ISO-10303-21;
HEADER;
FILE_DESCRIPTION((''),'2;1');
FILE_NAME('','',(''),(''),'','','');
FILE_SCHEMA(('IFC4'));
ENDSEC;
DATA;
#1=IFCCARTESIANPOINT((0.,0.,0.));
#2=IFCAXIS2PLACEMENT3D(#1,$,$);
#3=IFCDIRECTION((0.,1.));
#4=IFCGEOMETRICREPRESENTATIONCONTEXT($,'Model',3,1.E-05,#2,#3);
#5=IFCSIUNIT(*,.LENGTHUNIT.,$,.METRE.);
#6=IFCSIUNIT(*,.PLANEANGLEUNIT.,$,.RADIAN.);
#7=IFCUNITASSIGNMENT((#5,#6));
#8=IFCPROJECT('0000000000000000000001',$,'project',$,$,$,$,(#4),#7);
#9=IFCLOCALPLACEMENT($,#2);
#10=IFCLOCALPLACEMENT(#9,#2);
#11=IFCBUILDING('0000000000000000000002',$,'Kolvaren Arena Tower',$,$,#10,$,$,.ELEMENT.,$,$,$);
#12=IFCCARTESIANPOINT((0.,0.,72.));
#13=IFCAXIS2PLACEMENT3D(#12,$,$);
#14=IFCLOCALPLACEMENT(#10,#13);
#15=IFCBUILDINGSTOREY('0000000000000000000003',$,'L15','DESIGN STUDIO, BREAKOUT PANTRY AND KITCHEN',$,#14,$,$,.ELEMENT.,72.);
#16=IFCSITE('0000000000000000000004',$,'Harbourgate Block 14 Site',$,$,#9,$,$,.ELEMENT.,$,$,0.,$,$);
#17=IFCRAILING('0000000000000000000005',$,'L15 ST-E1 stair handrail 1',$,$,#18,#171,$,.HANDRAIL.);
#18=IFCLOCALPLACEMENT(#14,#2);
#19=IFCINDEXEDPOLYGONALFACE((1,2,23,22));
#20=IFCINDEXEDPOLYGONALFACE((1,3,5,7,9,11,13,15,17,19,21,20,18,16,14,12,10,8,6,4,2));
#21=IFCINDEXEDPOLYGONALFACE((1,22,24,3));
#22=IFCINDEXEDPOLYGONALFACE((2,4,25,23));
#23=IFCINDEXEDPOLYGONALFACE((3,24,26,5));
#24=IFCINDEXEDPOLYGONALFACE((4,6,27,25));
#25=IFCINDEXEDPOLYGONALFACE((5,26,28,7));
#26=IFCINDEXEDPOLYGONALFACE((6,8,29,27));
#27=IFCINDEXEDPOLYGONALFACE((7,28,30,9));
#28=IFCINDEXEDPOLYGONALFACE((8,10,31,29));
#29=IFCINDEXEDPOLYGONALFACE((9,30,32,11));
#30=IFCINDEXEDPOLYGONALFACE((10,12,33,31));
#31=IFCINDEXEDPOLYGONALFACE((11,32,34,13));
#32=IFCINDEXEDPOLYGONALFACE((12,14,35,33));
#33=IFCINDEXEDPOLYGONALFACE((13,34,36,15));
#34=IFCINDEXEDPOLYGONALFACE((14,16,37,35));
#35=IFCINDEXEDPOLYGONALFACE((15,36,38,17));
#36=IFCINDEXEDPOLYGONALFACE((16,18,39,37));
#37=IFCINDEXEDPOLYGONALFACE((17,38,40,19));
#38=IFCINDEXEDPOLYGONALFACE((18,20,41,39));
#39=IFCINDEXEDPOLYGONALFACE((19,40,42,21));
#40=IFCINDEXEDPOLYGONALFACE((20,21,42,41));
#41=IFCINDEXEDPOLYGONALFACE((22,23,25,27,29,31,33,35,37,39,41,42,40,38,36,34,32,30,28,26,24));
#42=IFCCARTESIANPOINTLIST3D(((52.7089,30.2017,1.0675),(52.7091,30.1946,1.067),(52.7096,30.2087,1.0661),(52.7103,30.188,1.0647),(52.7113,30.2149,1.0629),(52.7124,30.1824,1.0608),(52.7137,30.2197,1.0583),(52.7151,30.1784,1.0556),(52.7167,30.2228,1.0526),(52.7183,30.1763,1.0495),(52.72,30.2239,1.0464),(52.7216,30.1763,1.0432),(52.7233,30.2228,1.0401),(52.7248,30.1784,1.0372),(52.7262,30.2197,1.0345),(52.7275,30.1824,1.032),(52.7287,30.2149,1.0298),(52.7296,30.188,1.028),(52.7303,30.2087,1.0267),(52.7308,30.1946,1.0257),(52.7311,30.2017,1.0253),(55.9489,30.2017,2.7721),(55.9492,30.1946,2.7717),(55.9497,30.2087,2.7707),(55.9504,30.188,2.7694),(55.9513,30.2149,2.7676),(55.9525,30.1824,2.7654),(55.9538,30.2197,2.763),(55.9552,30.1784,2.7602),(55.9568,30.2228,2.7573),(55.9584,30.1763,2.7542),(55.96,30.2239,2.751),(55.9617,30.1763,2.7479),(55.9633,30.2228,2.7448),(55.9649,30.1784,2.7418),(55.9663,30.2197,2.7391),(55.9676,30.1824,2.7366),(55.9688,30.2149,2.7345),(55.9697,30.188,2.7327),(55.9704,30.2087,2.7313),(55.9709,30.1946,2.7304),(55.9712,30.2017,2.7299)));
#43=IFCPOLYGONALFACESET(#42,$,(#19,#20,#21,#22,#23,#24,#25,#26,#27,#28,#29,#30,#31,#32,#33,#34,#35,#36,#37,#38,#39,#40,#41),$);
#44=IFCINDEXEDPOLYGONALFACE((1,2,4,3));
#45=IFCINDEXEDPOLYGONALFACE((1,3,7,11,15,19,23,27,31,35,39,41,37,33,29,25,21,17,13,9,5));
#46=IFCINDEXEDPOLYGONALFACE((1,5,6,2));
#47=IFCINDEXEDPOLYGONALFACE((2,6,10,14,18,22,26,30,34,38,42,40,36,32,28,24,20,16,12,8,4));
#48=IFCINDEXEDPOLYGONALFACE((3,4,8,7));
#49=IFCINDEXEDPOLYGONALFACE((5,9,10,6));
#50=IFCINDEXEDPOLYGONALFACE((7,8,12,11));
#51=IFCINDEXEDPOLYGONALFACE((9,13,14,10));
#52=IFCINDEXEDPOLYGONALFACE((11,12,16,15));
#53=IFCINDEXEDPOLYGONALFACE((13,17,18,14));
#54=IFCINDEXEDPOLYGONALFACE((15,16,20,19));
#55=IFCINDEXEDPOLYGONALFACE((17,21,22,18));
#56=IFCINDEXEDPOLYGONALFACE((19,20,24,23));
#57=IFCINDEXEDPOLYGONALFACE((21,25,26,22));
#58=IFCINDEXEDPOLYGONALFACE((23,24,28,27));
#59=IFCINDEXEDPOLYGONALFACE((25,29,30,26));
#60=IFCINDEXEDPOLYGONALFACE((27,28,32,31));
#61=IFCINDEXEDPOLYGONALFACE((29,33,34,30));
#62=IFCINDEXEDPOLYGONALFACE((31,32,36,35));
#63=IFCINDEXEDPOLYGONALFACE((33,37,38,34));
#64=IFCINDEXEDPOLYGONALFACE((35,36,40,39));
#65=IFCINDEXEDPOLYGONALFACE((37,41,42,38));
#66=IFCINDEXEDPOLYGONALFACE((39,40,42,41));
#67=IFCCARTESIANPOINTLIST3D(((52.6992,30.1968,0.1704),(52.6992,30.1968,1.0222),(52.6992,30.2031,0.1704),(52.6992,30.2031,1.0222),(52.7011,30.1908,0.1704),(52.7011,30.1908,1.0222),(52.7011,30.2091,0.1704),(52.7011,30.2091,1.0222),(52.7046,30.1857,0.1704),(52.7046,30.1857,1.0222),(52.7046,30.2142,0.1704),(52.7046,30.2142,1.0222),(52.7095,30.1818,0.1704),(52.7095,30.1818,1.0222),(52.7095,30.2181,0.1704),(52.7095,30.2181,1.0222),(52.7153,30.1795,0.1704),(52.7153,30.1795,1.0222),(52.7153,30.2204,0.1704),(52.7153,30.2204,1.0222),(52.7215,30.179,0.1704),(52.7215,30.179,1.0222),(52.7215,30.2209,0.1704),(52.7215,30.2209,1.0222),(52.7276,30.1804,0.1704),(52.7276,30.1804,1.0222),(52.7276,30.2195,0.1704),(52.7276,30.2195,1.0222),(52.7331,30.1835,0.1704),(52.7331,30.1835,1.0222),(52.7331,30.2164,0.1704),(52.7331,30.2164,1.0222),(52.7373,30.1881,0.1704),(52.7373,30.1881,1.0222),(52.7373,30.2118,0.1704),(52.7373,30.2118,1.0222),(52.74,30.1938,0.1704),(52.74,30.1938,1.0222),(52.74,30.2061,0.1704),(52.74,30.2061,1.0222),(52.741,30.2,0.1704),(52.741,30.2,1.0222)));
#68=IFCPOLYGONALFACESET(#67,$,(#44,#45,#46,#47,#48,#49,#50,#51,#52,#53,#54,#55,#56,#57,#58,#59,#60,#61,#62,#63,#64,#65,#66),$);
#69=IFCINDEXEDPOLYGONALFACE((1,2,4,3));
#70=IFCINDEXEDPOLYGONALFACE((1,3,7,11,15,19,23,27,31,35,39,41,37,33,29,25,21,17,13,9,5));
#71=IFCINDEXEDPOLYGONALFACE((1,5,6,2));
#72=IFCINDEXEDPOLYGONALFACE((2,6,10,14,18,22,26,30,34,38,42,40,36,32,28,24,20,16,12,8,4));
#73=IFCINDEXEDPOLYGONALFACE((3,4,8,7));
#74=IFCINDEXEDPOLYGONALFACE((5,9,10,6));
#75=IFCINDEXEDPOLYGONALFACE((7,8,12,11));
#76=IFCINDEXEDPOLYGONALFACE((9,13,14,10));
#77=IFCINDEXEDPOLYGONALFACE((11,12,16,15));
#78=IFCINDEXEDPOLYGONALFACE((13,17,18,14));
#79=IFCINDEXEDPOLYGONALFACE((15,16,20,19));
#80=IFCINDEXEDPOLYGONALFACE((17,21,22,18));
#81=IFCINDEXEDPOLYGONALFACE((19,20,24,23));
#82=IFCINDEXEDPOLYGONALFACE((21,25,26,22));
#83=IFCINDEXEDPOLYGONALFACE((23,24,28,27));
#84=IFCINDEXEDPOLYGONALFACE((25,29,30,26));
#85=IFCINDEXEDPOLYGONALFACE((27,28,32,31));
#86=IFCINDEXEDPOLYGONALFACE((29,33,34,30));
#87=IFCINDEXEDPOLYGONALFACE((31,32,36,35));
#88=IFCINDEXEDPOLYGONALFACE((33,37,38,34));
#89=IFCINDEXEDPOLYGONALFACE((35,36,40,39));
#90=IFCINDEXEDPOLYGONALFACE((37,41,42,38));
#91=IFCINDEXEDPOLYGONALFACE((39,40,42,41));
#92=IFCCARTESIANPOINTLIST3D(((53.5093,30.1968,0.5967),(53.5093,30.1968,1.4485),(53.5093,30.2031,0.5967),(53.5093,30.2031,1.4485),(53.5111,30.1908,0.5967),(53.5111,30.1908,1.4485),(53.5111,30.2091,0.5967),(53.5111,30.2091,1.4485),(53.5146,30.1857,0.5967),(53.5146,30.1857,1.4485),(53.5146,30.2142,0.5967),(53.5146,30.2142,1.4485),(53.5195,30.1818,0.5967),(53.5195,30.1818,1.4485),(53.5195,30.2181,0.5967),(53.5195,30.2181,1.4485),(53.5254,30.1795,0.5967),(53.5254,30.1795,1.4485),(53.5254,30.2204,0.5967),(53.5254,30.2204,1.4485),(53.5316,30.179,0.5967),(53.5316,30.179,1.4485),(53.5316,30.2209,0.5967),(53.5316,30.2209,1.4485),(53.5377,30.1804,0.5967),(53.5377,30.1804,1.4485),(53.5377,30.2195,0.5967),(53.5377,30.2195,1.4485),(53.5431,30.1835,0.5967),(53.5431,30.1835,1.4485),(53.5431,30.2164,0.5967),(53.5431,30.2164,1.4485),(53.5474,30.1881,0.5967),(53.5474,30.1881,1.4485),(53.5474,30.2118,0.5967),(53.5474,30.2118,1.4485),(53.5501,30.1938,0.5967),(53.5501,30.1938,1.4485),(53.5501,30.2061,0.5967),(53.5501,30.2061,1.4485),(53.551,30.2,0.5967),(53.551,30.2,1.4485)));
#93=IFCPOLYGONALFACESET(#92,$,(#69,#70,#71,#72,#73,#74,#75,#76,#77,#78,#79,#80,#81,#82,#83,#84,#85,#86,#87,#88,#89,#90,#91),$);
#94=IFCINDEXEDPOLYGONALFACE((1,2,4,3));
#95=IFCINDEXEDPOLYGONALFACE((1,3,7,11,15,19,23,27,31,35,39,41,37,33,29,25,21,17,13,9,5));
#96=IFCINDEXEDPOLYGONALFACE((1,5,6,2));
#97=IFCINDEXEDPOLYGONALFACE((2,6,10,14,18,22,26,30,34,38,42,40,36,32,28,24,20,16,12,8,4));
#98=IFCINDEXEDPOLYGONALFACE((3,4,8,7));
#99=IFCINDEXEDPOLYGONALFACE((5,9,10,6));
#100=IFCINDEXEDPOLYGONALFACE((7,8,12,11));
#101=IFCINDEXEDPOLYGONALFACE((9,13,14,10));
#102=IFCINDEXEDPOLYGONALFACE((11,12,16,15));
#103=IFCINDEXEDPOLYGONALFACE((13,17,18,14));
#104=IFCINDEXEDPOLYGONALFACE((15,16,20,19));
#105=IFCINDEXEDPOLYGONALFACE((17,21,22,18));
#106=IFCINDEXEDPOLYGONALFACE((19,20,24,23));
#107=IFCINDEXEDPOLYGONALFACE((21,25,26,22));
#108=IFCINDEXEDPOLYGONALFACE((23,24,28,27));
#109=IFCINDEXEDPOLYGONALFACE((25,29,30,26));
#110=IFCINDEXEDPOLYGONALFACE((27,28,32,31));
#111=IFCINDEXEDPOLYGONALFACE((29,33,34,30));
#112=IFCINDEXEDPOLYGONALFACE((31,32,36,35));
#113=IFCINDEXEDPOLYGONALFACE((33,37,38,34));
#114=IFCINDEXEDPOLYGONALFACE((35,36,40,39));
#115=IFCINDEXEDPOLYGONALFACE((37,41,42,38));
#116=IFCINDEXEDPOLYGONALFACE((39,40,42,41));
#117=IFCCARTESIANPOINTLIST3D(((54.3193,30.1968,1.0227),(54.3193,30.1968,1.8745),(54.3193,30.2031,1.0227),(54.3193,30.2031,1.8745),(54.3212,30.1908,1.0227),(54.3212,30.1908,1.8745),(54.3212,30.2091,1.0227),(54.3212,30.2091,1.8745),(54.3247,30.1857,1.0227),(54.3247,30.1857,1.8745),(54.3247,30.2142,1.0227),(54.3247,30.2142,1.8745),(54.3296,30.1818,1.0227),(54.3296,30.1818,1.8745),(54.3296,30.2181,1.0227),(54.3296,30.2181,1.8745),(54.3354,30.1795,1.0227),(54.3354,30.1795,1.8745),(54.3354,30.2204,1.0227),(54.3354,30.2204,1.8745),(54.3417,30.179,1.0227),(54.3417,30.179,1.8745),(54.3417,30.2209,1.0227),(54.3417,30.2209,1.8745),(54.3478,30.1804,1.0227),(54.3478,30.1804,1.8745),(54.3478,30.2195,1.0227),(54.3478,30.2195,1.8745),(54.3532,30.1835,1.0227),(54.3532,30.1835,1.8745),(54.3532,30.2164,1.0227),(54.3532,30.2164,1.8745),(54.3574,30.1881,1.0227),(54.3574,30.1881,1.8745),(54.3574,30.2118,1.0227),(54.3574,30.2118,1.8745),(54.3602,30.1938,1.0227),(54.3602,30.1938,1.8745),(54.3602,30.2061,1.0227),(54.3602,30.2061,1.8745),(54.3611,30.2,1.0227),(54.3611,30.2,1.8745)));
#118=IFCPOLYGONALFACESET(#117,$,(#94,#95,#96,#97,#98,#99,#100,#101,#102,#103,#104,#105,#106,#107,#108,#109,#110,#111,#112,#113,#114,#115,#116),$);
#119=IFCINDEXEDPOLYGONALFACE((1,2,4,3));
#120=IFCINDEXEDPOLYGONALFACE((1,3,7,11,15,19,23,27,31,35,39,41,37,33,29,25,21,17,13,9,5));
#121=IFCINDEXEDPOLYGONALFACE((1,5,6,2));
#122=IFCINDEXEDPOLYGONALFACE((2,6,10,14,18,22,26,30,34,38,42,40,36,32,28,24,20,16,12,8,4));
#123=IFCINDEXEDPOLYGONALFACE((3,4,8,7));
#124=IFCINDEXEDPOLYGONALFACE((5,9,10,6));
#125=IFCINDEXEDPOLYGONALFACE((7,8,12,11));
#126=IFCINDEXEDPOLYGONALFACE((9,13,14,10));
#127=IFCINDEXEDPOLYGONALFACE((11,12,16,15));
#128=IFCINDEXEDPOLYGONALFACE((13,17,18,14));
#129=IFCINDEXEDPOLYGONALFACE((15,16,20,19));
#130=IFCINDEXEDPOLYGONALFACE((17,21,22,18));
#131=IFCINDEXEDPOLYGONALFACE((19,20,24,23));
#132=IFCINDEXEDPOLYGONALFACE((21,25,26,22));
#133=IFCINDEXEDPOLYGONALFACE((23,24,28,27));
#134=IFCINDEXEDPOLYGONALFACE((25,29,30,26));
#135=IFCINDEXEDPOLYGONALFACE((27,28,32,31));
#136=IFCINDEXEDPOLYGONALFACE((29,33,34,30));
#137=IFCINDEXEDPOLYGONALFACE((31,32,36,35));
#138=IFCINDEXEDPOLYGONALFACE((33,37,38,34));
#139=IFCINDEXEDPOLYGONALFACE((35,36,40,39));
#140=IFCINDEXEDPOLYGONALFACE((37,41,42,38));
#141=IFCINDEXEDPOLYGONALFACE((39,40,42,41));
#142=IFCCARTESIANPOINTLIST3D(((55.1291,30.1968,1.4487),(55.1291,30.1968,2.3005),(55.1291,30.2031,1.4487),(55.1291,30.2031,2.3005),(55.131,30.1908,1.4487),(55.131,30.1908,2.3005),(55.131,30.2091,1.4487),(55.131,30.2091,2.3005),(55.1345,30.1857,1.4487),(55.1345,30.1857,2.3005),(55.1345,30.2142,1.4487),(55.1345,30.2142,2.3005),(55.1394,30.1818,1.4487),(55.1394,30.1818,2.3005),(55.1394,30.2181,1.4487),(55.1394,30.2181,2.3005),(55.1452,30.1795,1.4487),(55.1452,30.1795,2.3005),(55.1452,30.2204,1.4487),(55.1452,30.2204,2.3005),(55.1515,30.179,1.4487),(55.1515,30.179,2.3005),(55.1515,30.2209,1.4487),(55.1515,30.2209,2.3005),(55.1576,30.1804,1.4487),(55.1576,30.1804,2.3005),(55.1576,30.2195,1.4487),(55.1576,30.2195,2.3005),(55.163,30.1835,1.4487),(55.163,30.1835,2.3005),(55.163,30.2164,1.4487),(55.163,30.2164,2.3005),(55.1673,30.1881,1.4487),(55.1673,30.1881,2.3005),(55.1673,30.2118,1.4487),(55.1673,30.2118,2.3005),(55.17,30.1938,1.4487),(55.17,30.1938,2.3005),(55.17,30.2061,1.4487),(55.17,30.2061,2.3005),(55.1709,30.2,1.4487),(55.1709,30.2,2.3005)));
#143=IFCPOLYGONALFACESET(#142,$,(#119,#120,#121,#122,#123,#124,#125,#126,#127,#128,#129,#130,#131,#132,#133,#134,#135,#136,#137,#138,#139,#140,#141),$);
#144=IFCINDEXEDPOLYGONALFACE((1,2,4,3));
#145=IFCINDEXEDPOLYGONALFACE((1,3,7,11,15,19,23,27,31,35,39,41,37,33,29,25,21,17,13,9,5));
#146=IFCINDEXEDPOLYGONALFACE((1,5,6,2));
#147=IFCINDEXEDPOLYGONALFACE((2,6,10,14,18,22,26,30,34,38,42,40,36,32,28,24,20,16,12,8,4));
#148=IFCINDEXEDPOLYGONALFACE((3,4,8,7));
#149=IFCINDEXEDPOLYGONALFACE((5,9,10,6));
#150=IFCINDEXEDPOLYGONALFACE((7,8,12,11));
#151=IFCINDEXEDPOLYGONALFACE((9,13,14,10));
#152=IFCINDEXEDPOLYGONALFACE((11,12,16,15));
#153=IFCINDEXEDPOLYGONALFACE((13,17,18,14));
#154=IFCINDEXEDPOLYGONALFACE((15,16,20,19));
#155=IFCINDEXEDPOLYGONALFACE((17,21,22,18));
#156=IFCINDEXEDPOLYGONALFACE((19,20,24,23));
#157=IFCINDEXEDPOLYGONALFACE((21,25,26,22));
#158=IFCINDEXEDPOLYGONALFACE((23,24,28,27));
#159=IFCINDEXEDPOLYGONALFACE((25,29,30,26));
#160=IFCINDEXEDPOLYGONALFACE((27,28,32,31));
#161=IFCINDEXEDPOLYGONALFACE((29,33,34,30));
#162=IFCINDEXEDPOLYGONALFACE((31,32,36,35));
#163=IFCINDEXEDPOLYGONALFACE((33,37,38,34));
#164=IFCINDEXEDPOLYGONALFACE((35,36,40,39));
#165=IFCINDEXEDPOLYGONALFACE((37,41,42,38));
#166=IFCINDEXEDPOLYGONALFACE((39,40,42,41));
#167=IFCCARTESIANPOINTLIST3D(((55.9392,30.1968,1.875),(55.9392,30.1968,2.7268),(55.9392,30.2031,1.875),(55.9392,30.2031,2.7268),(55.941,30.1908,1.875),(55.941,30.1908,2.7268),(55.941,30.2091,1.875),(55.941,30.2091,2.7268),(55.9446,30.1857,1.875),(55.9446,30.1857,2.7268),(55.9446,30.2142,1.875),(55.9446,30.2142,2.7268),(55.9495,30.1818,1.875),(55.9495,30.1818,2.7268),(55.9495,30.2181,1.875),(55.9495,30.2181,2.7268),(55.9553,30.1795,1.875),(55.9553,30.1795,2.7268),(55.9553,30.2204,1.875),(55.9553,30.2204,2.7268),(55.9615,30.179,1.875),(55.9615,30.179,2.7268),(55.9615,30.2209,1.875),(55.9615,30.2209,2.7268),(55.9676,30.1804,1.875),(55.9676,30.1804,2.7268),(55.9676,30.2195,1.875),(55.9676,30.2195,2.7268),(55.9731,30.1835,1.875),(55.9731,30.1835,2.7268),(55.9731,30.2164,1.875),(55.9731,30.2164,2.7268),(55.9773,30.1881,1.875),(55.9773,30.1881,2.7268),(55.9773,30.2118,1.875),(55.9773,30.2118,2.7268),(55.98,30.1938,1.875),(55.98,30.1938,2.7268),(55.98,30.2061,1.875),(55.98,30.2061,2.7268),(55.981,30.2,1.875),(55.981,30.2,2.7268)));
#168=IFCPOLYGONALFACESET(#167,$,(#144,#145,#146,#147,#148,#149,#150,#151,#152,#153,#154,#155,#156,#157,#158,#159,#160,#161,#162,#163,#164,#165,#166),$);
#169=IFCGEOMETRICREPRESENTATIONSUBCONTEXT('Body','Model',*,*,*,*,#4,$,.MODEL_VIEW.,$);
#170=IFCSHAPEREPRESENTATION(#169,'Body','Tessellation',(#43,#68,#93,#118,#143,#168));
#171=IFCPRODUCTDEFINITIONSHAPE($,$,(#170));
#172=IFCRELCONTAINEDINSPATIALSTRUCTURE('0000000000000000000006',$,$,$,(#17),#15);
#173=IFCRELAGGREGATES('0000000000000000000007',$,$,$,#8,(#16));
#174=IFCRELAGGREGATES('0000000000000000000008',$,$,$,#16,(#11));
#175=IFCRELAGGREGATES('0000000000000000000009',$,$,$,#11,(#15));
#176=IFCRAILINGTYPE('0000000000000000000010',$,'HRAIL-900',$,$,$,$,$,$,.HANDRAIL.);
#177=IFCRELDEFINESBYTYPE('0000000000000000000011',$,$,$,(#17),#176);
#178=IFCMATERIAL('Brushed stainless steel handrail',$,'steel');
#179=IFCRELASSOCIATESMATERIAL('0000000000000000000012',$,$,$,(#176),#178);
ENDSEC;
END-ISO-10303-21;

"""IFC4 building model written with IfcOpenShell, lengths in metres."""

from ifc_helpers import new_model, si_unit, direction, frame, origin, origin_2d, place, context, subcontext, project, spatial, circle, extrude, material, type_object, element, save


model = new_model("IFC4")

# Units and contexts
model_context = context("Model", 3, precision=1e-05, world=origin(), true_north=direction((0.0, 1.0)))
body_context = subcontext(model_context, "Body", "Model", "MODEL_VIEW")
ifc_project = project(units=[si_unit("LENGTHUNIT", "METRE"), si_unit("PLANEANGLEUNIT", "RADIAN")], contexts=[model_context])

# Site, building, storey
site_placement = place(None, origin())
site = spatial("IfcSite", under=ifc_project, at=site_placement, Name="Harbourgate Block 14 Site", CompositionType="ELEMENT", RefElevation=0.0)
building_placement = place(site_placement, origin())
building = spatial("IfcBuilding", under=site, at=building_placement, Name="Kolvaren Arena Tower", CompositionType="ELEMENT")
storey_placement = place(building_placement, frame((0.0, 0.0, 72.0)))
storey = spatial("IfcBuildingStorey", under=building, at=storey_placement, Name="L15", Description="DESIGN STUDIO, BREAKOUT PANTRY AND KITCHEN", CompositionType="ELEMENT", Elevation=72.0)

# Railing
ifc_material_1 = material(Name="Brushed stainless steel handrail", Category="steel")
railing_type_1 = type_object("IfcRailingType", Name="HRAIL-900", PredefinedType="HANDRAIL", material=ifc_material_1)
for number, where, name in (
    (1, (52.72, 30.2, 0.1704), "L15 ST-E1 stair handrail 1"),
):
    element("IfcRailing", number, at=place(storey_placement, frame(where)), inside=storey, type_object=railing_type_1, Name=name, PredefinedType="HANDRAIL", context=body_context, shape_type="SweptSolid", body=[
        extrude(circle(Radius=0.0239, at=origin_2d()), frame((0.0, 0.0, 0.876), z_axis=(0.884993, 0.0, 0.465604), x_axis=(0.0, 1.0, 0.0)), (0.0, 0.0, 1.0), 3.6611),
        extrude(circle(Radius=0.021, at=origin_2d()), origin(), (0.0, 0.0, 1.0), 0.8518),
        extrude(circle(Radius=0.021, at=origin_2d()), frame((0.8101, 0.0, 0.4263)), (0.0, 0.0, 1.0), 0.8518),
        extrude(circle(Radius=0.021, at=origin_2d()), frame((1.6201, 0.0, 0.8523)), (0.0, 0.0, 1.0), 0.8518),
        extrude(circle(Radius=0.021, at=origin_2d()), frame((2.4299, 0.0, 1.2783)), (0.0, 0.0, 1.0), 0.8518),
        extrude(circle(Radius=0.021, at=origin_2d()), frame((3.24, 0.0, 1.7046)), (0.0, 0.0, 1.0), 0.8518),
    ])

save(model, "model.ifc")
